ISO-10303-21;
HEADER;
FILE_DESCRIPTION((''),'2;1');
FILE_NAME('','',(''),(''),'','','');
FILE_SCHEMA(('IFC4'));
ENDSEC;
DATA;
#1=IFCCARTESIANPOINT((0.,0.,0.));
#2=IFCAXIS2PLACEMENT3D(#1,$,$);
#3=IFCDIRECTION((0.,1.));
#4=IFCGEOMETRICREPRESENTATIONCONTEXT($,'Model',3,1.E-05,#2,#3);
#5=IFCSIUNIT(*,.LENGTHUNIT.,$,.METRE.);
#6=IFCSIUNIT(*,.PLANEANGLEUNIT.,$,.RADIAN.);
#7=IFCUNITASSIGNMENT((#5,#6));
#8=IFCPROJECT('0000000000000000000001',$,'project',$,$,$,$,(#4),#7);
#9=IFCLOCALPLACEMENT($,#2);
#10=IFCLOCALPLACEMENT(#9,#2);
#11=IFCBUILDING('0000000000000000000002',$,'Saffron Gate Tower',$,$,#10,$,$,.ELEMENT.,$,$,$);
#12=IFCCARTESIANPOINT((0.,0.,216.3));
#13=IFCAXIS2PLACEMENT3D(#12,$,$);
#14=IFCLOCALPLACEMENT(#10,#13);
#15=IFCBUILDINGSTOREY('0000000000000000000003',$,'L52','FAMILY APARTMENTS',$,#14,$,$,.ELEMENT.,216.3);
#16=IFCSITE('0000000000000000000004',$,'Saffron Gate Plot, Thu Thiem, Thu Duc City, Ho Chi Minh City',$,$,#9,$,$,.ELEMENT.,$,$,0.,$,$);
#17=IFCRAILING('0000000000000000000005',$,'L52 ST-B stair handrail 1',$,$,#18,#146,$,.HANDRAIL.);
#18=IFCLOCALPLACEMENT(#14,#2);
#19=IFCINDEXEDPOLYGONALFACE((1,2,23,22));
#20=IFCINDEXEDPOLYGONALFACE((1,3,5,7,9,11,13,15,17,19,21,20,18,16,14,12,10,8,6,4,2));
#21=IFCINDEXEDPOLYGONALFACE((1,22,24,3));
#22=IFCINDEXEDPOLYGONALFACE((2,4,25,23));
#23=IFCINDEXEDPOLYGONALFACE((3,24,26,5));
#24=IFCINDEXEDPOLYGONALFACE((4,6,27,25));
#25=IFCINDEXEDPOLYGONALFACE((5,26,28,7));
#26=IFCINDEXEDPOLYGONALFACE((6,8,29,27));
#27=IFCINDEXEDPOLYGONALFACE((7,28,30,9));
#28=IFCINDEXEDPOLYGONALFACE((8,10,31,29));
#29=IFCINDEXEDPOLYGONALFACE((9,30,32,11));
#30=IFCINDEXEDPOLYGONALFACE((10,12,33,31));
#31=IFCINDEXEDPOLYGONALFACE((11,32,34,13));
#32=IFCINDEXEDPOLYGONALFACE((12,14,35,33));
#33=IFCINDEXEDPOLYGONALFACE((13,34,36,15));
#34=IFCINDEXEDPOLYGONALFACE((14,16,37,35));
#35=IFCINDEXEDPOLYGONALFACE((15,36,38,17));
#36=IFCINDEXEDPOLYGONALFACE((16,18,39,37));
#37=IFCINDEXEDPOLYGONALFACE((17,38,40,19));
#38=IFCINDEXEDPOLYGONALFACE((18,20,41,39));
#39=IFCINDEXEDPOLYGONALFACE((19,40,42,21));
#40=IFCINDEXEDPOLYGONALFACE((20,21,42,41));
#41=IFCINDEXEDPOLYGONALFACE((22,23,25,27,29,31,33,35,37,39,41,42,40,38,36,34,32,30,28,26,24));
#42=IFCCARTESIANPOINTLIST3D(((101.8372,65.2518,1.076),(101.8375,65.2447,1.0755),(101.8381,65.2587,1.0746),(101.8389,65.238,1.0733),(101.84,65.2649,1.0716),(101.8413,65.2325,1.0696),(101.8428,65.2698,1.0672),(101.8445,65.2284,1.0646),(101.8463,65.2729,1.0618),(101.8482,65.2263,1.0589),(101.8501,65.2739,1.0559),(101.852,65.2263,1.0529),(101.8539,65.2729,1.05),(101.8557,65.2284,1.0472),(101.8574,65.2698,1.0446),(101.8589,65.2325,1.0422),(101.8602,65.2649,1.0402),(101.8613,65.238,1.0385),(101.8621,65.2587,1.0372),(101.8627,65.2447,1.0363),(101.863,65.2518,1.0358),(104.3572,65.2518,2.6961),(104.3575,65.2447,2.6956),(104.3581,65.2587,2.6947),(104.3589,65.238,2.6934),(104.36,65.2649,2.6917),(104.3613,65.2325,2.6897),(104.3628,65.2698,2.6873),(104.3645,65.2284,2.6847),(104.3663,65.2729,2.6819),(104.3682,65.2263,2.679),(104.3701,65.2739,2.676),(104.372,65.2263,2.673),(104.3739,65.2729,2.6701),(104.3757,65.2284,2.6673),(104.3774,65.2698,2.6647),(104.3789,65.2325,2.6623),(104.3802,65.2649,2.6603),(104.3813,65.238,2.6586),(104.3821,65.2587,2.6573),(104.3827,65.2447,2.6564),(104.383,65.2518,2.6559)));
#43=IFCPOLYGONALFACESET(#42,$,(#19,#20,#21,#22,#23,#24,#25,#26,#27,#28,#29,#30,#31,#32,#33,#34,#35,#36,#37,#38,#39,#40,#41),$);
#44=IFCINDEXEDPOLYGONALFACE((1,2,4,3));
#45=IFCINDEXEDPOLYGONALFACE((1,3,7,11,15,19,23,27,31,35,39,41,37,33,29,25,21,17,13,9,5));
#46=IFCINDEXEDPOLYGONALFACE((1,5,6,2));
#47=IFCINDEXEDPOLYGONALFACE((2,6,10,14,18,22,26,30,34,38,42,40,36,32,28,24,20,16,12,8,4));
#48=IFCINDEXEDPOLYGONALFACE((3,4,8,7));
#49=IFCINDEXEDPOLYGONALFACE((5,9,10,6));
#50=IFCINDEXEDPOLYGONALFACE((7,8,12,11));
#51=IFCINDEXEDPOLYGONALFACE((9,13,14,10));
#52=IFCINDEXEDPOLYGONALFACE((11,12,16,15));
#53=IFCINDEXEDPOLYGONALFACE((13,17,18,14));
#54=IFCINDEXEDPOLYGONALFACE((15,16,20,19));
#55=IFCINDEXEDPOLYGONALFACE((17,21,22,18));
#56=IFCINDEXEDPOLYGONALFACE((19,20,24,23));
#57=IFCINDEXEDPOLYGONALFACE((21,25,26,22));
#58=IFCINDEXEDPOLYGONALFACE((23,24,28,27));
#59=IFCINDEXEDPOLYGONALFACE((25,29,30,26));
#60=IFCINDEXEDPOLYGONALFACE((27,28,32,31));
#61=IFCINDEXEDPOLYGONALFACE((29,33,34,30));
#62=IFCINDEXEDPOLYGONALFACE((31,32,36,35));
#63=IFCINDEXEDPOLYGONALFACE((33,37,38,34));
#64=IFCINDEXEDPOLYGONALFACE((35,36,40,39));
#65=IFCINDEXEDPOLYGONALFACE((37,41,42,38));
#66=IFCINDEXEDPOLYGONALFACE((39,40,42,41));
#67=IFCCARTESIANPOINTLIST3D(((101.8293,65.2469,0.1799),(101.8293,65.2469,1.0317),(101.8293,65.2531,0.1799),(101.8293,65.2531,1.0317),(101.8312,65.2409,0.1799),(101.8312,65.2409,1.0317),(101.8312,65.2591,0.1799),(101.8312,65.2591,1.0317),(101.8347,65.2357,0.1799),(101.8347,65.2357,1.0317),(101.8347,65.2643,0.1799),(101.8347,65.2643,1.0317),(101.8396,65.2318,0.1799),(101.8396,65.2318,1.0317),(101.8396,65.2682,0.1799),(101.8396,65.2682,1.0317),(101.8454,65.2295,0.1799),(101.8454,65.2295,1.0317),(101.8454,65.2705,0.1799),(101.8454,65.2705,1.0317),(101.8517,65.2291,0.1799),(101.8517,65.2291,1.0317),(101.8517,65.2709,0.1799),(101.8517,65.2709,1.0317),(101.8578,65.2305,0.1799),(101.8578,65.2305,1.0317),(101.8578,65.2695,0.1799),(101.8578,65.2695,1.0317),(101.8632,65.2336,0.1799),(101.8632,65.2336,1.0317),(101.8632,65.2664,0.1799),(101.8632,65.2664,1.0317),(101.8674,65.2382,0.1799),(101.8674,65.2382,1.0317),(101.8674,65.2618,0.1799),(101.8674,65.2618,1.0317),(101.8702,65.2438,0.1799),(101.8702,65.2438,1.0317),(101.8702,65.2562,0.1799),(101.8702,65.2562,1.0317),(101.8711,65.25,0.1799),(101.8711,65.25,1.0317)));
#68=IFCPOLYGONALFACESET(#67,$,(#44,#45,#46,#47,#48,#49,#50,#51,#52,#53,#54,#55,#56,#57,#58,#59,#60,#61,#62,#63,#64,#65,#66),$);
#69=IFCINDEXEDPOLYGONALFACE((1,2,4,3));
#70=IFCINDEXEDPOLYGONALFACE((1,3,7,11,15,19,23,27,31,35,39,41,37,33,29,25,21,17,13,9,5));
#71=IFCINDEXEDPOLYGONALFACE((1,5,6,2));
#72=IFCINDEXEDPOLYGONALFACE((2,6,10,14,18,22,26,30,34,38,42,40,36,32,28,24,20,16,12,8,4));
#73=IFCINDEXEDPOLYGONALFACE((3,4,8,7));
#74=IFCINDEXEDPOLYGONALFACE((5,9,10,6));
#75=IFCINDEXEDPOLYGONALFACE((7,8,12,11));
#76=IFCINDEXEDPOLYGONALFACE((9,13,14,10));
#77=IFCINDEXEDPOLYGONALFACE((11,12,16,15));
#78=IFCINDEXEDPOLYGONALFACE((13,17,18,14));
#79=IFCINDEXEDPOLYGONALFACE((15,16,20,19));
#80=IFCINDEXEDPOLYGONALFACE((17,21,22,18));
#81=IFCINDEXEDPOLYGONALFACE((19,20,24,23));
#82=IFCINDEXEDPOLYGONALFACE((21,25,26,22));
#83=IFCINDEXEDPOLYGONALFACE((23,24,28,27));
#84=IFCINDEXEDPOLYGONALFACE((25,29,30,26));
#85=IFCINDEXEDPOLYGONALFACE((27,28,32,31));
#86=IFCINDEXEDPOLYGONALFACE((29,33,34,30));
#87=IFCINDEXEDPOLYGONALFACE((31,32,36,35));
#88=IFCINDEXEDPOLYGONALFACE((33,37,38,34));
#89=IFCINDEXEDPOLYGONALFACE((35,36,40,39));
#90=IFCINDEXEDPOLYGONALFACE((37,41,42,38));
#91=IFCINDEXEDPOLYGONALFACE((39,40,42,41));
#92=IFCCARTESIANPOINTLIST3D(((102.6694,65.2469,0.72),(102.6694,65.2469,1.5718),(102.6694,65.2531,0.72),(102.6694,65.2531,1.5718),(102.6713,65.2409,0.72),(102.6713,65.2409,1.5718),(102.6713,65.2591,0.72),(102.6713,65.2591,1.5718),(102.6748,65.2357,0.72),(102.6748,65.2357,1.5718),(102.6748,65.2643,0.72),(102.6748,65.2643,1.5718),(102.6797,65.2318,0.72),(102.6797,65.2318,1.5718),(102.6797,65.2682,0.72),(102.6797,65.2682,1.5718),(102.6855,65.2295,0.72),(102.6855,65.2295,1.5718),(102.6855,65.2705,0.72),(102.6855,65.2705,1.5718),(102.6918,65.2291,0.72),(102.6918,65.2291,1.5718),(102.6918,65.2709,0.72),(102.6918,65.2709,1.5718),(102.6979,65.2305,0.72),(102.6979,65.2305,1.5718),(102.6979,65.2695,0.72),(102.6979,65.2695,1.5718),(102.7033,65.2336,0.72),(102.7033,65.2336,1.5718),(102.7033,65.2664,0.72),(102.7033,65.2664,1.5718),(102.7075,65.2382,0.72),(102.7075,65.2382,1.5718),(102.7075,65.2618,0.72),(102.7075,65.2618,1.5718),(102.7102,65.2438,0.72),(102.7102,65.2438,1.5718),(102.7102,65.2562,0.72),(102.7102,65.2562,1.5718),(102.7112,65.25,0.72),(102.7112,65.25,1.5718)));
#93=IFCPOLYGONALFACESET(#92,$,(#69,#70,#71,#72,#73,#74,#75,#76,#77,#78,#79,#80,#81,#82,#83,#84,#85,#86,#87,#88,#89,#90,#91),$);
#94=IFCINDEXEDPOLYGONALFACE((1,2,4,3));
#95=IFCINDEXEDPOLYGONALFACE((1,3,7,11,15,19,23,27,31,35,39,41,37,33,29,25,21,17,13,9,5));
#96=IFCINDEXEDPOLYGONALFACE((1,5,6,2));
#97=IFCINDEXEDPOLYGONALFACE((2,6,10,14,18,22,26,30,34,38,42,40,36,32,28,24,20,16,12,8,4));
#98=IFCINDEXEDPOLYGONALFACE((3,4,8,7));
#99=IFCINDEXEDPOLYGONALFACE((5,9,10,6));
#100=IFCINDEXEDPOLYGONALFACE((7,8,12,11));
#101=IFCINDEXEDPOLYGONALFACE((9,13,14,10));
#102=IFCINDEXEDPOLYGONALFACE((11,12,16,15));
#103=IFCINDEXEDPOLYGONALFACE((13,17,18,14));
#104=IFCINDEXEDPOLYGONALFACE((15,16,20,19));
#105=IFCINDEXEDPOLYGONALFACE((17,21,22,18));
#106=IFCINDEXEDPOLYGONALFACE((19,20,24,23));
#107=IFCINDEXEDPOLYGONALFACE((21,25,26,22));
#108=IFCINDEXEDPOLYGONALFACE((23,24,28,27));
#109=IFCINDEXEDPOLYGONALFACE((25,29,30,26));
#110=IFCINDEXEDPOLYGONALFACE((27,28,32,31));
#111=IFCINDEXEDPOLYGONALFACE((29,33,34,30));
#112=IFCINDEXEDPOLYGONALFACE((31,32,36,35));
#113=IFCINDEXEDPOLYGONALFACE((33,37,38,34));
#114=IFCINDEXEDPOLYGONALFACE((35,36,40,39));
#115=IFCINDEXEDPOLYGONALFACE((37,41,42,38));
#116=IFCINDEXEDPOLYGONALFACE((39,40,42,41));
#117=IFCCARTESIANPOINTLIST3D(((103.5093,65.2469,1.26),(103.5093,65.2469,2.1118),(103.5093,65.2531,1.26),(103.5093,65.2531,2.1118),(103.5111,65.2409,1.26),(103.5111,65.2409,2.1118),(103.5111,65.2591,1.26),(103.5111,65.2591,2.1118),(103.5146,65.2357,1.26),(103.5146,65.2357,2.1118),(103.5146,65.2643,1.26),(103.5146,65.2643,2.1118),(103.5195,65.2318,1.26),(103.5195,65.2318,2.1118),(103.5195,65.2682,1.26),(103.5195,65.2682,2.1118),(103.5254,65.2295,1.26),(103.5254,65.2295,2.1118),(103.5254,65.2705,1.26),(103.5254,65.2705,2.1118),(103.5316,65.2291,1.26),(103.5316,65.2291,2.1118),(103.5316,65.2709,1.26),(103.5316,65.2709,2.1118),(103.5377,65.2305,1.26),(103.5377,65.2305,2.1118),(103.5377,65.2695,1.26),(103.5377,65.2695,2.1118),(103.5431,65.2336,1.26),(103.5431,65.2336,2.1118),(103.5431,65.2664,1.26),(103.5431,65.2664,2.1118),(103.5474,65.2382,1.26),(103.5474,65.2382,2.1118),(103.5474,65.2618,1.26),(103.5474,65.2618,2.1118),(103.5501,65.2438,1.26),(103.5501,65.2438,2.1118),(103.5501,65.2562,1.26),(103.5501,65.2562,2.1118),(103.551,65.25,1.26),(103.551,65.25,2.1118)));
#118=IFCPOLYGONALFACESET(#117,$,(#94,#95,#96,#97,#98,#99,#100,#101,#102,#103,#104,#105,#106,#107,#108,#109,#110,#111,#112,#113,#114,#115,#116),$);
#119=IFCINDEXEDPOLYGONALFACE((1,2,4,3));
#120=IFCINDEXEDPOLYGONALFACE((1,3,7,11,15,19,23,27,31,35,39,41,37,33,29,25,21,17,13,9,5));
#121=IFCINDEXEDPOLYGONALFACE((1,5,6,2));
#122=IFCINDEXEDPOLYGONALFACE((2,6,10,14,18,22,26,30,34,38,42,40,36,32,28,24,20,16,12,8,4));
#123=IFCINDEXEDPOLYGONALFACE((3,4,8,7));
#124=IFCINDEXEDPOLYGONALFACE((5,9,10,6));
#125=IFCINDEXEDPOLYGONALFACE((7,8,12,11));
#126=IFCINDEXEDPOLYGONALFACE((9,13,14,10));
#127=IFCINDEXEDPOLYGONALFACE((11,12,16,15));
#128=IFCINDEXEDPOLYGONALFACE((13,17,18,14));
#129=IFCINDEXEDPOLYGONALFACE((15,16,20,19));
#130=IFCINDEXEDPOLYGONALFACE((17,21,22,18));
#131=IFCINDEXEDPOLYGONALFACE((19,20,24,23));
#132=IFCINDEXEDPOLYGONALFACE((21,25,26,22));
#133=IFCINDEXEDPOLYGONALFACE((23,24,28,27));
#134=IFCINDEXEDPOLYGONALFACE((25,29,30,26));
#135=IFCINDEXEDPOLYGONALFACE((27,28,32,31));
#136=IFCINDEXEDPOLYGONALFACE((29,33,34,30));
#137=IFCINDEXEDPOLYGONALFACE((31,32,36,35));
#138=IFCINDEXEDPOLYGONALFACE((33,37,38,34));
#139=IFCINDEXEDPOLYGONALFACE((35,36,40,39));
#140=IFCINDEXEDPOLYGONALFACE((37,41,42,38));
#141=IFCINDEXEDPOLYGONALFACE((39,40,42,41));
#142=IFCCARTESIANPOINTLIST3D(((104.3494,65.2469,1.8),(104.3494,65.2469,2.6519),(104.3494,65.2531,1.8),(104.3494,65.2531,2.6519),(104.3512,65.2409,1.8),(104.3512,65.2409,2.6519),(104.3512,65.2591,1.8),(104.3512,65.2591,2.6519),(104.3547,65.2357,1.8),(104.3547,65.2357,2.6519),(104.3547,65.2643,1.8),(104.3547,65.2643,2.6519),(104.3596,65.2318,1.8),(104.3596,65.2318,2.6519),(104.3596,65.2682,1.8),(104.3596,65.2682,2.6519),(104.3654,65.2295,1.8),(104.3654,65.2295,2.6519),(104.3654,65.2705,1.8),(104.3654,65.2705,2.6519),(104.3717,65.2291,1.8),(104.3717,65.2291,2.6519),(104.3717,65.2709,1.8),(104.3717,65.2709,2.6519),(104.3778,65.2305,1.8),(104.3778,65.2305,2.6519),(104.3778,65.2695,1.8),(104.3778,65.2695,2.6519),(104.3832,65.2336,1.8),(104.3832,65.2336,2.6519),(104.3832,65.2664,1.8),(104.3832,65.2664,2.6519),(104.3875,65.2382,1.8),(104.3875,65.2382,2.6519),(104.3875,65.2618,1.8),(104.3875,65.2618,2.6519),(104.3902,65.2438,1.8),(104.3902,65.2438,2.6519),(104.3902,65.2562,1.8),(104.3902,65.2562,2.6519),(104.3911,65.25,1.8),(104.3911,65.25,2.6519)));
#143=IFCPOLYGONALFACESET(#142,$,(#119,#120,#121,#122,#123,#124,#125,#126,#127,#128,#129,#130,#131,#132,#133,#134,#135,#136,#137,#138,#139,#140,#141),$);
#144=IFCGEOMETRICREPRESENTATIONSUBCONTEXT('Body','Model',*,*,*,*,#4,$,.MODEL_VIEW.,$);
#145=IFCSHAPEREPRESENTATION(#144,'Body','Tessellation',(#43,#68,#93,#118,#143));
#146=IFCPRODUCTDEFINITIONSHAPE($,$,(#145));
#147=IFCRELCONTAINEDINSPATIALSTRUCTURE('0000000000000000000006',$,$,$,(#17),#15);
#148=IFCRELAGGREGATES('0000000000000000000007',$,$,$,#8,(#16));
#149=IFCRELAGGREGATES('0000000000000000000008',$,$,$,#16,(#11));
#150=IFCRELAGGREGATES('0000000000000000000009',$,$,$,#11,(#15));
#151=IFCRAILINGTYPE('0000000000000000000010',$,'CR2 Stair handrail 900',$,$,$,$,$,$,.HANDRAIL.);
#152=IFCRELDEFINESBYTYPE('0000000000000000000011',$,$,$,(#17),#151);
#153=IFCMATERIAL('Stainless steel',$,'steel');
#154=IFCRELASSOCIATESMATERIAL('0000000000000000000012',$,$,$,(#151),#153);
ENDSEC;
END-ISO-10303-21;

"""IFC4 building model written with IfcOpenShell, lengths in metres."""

from ifc_helpers import new_model, si_unit, direction, frame, origin, origin_2d, place, context, subcontext, project, spatial, circle, extrude, material, type_object, element, save


model = new_model("IFC4")

# Units and contexts
model_context = context("Model", 3, precision=1e-05, world=origin(), true_north=direction((0.0, 1.0)))
body_context = subcontext(model_context, "Body", "Model", "MODEL_VIEW")
ifc_project = project(units=[si_unit("LENGTHUNIT", "METRE"), si_unit("PLANEANGLEUNIT", "RADIAN")], contexts=[model_context])

# Site, building, storey
site_placement = place(None, origin())
site = spatial("IfcSite", under=ifc_project, at=site_placement, Name="Saffron Gate Plot, Thu Thiem, Thu Duc City, Ho Chi Minh City", CompositionType="ELEMENT", RefElevation=0.0)
building_placement = place(site_placement, origin())
building = spatial("IfcBuilding", under=site, at=building_placement, Name="Saffron Gate Tower", CompositionType="ELEMENT")
storey_placement = place(building_placement, frame((0.0, 0.0, 216.3)))
storey = spatial("IfcBuildingStorey", under=building, at=storey_placement, Name="L52", Description="FAMILY APARTMENTS", CompositionType="ELEMENT", Elevation=216.3)

# Railing
ifc_material_1 = material(Name="Stainless steel", Category="steel")
railing_type_1 = type_object("IfcRailingType", Name="CR2 Stair handrail 900", PredefinedType="HANDRAIL", material=ifc_material_1)
railing_1_placement = place(storey_placement, frame((101.8501, 65.25, 0.1799)))
element("IfcRailing", 1, at=railing_1_placement, inside=storey, type_object=railing_type_1, Name="L52 ST-B stair handrail 1", PredefinedType="HANDRAIL", context=body_context, shape_type="SweptSolid", body=[
    extrude(circle(Radius=0.0239, at=origin_2d()), frame((0.0, 0.0, 0.876), z_axis=(0.841163, 0.0, 0.540782), x_axis=(0.0, 1.0, 0.0)), (0.0, 0.0, 1.0), 2.9958),
    extrude(circle(Radius=0.021, at=origin_2d()), origin(), (0.0, 0.0, 1.0), 0.8518),
    extrude(circle(Radius=0.021, at=origin_2d()), frame((0.8401, 0.0, 0.54)), (0.0, 0.0, 1.0), 0.8518),
    extrude(circle(Radius=0.021, at=origin_2d()), frame((1.6799, 0.0, 1.0801)), (0.0, 0.0, 1.0), 0.8518),
    extrude(circle(Radius=0.021, at=origin_2d()), frame((2.52, 0.0, 1.6201)), (0.0, 0.0, 1.0), 0.8518),
])

save(model, "model.ifc")
